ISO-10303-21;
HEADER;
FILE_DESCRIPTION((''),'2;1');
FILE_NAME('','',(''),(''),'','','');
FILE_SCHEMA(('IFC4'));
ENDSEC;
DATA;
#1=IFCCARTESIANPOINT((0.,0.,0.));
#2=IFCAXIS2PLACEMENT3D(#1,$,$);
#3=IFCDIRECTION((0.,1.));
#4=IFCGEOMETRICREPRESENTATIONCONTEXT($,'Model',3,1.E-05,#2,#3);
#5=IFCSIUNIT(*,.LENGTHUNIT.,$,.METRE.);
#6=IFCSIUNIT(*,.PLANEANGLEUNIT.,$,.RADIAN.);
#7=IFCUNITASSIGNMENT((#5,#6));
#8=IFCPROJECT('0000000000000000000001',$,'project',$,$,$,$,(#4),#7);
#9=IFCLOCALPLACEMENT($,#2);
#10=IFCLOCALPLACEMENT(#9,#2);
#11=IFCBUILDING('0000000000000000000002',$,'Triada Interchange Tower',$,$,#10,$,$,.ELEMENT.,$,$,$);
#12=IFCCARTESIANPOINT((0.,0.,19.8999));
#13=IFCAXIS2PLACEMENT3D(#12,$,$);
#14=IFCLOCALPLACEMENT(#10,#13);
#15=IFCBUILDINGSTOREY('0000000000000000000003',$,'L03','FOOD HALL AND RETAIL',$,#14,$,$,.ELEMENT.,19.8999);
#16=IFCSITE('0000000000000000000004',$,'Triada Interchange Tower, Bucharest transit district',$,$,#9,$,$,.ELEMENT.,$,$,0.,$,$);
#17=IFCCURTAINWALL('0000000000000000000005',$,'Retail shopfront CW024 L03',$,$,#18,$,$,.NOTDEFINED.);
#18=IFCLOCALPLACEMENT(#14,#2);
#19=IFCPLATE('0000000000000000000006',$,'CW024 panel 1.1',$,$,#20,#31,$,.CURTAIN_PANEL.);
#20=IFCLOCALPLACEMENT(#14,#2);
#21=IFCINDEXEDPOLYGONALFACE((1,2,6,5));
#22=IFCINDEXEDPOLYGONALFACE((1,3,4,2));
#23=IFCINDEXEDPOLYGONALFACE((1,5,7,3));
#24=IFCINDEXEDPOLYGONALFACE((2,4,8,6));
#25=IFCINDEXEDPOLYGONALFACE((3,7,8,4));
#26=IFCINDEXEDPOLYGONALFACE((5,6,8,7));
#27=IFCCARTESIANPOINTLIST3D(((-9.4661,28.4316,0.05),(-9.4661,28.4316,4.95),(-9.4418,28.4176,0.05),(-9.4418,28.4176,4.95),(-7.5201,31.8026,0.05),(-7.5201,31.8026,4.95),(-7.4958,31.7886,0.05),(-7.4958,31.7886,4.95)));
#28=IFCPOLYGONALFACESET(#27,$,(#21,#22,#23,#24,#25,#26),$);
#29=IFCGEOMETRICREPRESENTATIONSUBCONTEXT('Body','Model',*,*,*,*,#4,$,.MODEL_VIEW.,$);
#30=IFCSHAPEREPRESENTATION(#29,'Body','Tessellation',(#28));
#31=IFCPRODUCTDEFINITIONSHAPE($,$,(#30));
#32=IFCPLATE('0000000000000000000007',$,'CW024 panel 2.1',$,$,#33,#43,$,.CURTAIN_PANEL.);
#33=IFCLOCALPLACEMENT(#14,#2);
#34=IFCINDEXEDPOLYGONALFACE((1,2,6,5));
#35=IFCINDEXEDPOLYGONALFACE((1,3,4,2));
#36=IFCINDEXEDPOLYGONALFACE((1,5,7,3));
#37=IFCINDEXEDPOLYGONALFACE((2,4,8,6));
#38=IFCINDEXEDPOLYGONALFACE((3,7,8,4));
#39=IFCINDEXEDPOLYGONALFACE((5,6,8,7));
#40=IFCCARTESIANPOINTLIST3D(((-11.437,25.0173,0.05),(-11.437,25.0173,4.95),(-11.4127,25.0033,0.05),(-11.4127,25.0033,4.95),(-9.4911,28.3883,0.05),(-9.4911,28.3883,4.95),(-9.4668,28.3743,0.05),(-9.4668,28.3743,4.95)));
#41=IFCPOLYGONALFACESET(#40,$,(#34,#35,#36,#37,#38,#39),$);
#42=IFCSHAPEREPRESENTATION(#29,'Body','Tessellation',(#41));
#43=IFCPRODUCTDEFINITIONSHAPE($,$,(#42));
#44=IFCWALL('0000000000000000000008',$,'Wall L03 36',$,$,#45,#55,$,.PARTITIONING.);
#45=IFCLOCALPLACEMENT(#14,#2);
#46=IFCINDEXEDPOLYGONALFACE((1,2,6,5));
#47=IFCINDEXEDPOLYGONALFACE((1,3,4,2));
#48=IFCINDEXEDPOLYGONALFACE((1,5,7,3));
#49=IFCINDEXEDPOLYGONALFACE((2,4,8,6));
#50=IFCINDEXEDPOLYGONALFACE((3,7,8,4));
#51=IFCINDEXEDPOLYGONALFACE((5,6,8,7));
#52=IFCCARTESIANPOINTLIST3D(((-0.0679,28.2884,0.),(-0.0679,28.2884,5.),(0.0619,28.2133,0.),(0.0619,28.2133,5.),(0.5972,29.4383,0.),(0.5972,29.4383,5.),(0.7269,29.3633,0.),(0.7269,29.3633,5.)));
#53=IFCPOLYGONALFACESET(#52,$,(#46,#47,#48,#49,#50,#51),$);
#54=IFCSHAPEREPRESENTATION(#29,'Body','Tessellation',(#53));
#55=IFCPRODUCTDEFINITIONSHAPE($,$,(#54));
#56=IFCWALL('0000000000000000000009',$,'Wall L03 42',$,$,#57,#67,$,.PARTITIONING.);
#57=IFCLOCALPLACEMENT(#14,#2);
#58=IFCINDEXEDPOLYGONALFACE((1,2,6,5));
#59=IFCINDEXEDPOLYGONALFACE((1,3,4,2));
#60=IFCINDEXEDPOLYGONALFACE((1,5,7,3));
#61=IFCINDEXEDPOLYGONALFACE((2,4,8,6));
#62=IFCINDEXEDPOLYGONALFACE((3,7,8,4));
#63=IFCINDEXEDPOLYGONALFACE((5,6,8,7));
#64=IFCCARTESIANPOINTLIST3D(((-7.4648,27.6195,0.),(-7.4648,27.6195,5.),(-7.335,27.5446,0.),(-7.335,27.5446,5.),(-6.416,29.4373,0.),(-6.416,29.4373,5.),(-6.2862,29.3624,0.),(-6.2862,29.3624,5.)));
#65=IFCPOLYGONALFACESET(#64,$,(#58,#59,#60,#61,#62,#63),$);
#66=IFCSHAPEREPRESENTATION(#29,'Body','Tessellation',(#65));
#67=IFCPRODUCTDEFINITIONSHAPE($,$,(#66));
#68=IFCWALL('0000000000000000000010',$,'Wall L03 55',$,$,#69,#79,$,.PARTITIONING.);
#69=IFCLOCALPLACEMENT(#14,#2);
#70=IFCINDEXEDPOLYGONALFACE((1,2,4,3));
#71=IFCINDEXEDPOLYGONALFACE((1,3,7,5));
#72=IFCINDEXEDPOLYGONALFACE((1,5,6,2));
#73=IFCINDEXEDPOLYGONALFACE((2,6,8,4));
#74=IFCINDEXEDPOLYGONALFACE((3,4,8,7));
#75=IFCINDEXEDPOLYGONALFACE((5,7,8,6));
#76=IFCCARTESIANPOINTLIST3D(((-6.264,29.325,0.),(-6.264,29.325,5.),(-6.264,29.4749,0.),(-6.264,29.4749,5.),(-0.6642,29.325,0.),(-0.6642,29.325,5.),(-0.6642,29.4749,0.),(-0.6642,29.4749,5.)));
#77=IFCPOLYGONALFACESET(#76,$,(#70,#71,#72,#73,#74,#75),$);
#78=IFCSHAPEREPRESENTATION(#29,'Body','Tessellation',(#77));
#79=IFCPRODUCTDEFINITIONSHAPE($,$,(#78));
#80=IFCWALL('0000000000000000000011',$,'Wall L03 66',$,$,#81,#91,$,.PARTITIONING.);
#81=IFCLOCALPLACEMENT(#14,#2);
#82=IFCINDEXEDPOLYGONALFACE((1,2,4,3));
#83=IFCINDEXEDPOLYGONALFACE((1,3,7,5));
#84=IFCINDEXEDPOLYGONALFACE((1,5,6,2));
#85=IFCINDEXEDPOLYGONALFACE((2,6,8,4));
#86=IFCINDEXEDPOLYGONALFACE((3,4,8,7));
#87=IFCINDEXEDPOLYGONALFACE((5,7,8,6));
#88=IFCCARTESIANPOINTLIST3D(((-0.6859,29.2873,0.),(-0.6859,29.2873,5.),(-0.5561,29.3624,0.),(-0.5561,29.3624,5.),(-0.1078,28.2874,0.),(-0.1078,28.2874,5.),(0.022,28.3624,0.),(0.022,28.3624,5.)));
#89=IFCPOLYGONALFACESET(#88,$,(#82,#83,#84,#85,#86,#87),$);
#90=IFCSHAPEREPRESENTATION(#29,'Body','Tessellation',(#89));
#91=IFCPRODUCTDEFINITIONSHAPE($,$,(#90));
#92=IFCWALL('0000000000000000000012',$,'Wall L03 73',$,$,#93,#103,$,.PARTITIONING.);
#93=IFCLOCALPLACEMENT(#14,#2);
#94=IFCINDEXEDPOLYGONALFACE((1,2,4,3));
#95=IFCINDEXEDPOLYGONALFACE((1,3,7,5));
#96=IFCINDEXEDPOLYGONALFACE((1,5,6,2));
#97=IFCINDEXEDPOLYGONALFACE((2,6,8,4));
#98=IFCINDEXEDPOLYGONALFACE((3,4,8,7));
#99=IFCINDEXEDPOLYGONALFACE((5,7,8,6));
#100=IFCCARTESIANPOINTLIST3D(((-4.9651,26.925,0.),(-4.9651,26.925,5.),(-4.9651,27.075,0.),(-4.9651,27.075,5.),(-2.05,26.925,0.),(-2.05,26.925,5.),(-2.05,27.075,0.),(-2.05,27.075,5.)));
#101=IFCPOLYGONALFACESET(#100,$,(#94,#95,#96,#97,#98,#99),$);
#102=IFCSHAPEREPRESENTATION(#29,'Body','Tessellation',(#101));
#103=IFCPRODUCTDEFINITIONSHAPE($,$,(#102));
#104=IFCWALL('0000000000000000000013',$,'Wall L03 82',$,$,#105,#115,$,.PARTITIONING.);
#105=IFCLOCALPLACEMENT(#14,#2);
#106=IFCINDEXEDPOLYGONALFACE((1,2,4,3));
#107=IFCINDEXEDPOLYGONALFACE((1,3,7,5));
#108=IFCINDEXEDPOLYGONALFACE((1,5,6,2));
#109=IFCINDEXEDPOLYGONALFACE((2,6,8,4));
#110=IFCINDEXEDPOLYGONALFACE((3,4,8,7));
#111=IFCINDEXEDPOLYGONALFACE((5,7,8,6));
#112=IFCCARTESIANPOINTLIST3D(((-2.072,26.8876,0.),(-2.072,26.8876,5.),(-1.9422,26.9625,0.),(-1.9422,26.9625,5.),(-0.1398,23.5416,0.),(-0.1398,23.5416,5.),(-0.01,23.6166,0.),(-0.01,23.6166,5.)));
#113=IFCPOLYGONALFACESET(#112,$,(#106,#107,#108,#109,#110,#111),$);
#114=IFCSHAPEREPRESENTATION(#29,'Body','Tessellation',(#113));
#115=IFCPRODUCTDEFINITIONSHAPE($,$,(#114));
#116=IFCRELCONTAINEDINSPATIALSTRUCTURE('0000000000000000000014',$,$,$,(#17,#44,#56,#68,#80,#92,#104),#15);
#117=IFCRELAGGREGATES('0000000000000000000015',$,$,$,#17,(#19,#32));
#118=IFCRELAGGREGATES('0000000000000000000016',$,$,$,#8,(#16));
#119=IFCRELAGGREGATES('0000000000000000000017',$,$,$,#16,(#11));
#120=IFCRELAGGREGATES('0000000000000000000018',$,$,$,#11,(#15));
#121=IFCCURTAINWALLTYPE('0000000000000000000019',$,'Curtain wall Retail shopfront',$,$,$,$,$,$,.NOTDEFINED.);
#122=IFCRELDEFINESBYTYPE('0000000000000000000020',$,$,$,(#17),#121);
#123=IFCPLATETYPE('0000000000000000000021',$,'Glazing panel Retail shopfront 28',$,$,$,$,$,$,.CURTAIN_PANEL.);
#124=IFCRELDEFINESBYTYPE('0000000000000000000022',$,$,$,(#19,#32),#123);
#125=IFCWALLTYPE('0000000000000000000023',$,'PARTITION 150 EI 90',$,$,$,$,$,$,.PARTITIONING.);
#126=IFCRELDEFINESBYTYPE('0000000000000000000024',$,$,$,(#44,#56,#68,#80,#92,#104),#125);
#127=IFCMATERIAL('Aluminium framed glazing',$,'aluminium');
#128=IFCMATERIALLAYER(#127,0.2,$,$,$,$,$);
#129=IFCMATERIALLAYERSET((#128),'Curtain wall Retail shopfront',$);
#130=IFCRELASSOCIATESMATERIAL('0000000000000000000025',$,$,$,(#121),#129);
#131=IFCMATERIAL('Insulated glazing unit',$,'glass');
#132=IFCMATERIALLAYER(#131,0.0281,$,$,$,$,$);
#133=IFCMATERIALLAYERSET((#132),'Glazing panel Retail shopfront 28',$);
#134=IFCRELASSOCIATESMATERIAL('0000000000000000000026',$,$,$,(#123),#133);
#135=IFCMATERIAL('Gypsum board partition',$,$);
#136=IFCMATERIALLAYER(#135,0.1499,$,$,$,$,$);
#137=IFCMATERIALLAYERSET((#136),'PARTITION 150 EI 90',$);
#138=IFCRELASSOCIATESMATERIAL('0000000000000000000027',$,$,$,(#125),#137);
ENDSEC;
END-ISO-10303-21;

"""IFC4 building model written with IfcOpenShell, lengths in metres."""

from ifc_helpers import new_model, si_unit, direction, frame, frame_2d, origin, origin_2d, place, context, subcontext, project, spatial, rectangle, extrude, material, layer, layer_set, type_object, element, aggregate, save


model = new_model("IFC4")

# Units and contexts
model_context = context("Model", 3, precision=1e-05, world=origin(), true_north=direction((0.0, 1.0)))
body_context = subcontext(model_context, "Body", "Model", "MODEL_VIEW")
ifc_project = project(units=[si_unit("LENGTHUNIT", "METRE"), si_unit("PLANEANGLEUNIT", "RADIAN")], contexts=[model_context])

# Site, building, storey
site_placement = place(None, origin())
site = spatial("IfcSite", under=ifc_project, at=site_placement, Name="Triada Interchange Tower, Bucharest transit district", CompositionType="ELEMENT", RefElevation=0.0)
building_placement = place(site_placement, origin())
building = spatial("IfcBuilding", under=site, at=building_placement, Name="Triada Interchange Tower", CompositionType="ELEMENT")
storey_placement = place(building_placement, frame((0.0, 0.0, 19.8999)))
storey = spatial("IfcBuildingStorey", under=building, at=storey_placement, Name="L03", Description="FOOD HALL AND RETAIL", CompositionType="ELEMENT", Elevation=19.8999)

# Curtain wall
ifc_material_1 = material(Name="Aluminium framed glazing", Category="aluminium")
ifc_layer_1 = layer(ifc_material_1, 0.2)
ifc_layer_set_1 = layer_set([ifc_layer_1], Name="Curtain wall Retail shopfront")
curtain_wall_type = type_object("IfcCurtainWallType", Name="Curtain wall Retail shopfront", PredefinedType="NOTDEFINED", material=ifc_layer_set_1)
curtain_wall_1_placement = place(storey_placement, origin())
curtain_wall_1 = element("IfcCurtainWall", 1, at=curtain_wall_1_placement, inside=storey, type_object=curtain_wall_type, Name="Retail shopfront CW024 L03", PredefinedType="NOTDEFINED")

# Plates
ifc_material_2 = material(Name="Insulated glazing unit", Category="glass")
ifc_layer_2 = layer(ifc_material_2, 0.0281)
ifc_layer_set_2 = layer_set([ifc_layer_2], Name="Glazing panel Retail shopfront 28")
plate_type = type_object("IfcPlateType", Name="Glazing panel Retail shopfront 28", PredefinedType="CURTAIN_PANEL", material=ifc_layer_set_2)
plate_1_placement = place(storey_placement, frame((-8.481, 30.1101, 0.05), z_axis=(0.0, 0.0, 1.0), x_axis=(-0.499948, -0.866055, 0.0)))
plate_1 = element("IfcPlate", 2, at=plate_1_placement, type_object=plate_type, Name="CW024 panel 1.1", PredefinedType="CURTAIN_PANEL", context=body_context, shape_type="SweptSolid", body=[
    extrude(rectangle(XDim=3.8923, YDim=0.0281, at=origin_2d()), origin(), (0.0, 0.0, 1.0), 4.8999),
])
plate_2_placement = place(storey_placement, frame((-10.4519, 26.6958, 0.05), z_axis=(0.0, 0.0, 1.0), x_axis=(-0.499948, -0.866055, 0.0)))
plate_2 = element("IfcPlate", 3, at=plate_2_placement, type_object=plate_type, Name="CW024 panel 2.1", PredefinedType="CURTAIN_PANEL", context=body_context, shape_type="SweptSolid", body=[
    extrude(rectangle(XDim=3.8923, YDim=0.0281, at=origin_2d()), origin(), (0.0, 0.0, 1.0), 4.8999),
])
aggregate(curtain_wall_1, [plate_1, plate_2])

# Walls
ifc_material_3 = material(Name="Gypsum board partition")
ifc_layer_3 = layer(ifc_material_3, 0.1499)
ifc_layer_set_3 = layer_set([ifc_layer_3], Name="PARTITION 150 EI 90")
wall_type = type_object("IfcWallType", Name="PARTITION 150 EI 90", PredefinedType="PARTITIONING", material=ifc_layer_set_3)
wall_1_placement = place(storey_placement, frame((-0.0029, 28.251, 0.0), z_axis=(0.0, 0.0, 1.0), x_axis=(0.500645, 0.865653, 0.0)))
element("IfcWall", 4, at=wall_1_placement, inside=storey, type_object=wall_type, Name="Wall L03 36", PredefinedType="PARTITIONING", context=body_context, shape_type="SweptSolid", body=[
    extrude(rectangle(XDim=1.3284, YDim=0.1499, at=frame_2d((0.6641, 0.0))), origin(), (0.0, 0.0, 1.0), 5.0),
])
wall_2_placement = place(storey_placement, frame((-7.3999, 27.582, 0.0), z_axis=(0.0, 0.0, 1.0), x_axis=(0.499743, 0.866174, 0.0)))
element("IfcWall", 5, at=wall_2_placement, inside=storey, type_object=wall_type, Name="Wall L03 42", PredefinedType="PARTITIONING", context=body_context, shape_type="SweptSolid", body=[
    extrude(rectangle(XDim=2.0986, YDim=0.1499, at=frame_2d((1.0493, 0.0))), origin(), (0.0, 0.0, 1.0), 5.0),
])
wall_3_placement = place(storey_placement, frame((-6.2639, 29.3999, 0.0), z_axis=(0.0, 0.0, 1.0), x_axis=(1.0, 0.0, 0.0)))
element("IfcWall", 6, at=wall_3_placement, inside=storey, type_object=wall_type, Name="Wall L03 55", PredefinedType="PARTITIONING", context=body_context, shape_type="SweptSolid", body=[
    extrude(rectangle(XDim=5.5999, YDim=0.1499, at=frame_2d((2.7998, 0.0))), origin(), (0.0, 0.0, 1.0), 5.0),
])
wall_4_placement = place(storey_placement, frame((-0.6211, 29.325, 0.0), z_axis=(0.0, 0.0, 1.0), x_axis=(0.500503, -0.865735, 0.0)))
element("IfcWall", 7, at=wall_4_placement, inside=storey, type_object=wall_type, Name="Wall L03 66", PredefinedType="PARTITIONING", context=body_context, shape_type="SweptSolid", body=[
    extrude(rectangle(XDim=1.155, YDim=0.1499, at=frame_2d((0.5776, 0.0))), origin(), (0.0, 0.0, 1.0), 5.0),
])
wall_5_placement = place(storey_placement, frame((-4.9651, 27.0, 0.0), z_axis=(0.0, 0.0, 1.0), x_axis=(1.0, 0.0, 0.0)))
element("IfcWall", 8, at=wall_5_placement, inside=storey, type_object=wall_type, Name="Wall L03 73", PredefinedType="PARTITIONING", context=body_context, shape_type="SweptSolid", body=[
    extrude(rectangle(XDim=2.915, YDim=0.1499, at=frame_2d((1.4575, 0.0))), origin(), (0.0, 0.0, 1.0), 5.0),
])
wall_6_placement = place(storey_placement, frame((-2.0071, 26.925, 0.0), z_axis=(0.0, 0.0, 1.0), x_axis=(0.500067, -0.865987, 0.0)))
element("IfcWall", 9, at=wall_6_placement, inside=storey, type_object=wall_type, Name="Wall L03 82", PredefinedType="PARTITIONING", context=body_context, shape_type="SweptSolid", body=[
    extrude(rectangle(XDim=3.8638, YDim=0.1499, at=frame_2d((1.9319, 0.0))), origin(), (0.0, 0.0, 1.0), 5.0),
])

save(model, "model.ifc")
